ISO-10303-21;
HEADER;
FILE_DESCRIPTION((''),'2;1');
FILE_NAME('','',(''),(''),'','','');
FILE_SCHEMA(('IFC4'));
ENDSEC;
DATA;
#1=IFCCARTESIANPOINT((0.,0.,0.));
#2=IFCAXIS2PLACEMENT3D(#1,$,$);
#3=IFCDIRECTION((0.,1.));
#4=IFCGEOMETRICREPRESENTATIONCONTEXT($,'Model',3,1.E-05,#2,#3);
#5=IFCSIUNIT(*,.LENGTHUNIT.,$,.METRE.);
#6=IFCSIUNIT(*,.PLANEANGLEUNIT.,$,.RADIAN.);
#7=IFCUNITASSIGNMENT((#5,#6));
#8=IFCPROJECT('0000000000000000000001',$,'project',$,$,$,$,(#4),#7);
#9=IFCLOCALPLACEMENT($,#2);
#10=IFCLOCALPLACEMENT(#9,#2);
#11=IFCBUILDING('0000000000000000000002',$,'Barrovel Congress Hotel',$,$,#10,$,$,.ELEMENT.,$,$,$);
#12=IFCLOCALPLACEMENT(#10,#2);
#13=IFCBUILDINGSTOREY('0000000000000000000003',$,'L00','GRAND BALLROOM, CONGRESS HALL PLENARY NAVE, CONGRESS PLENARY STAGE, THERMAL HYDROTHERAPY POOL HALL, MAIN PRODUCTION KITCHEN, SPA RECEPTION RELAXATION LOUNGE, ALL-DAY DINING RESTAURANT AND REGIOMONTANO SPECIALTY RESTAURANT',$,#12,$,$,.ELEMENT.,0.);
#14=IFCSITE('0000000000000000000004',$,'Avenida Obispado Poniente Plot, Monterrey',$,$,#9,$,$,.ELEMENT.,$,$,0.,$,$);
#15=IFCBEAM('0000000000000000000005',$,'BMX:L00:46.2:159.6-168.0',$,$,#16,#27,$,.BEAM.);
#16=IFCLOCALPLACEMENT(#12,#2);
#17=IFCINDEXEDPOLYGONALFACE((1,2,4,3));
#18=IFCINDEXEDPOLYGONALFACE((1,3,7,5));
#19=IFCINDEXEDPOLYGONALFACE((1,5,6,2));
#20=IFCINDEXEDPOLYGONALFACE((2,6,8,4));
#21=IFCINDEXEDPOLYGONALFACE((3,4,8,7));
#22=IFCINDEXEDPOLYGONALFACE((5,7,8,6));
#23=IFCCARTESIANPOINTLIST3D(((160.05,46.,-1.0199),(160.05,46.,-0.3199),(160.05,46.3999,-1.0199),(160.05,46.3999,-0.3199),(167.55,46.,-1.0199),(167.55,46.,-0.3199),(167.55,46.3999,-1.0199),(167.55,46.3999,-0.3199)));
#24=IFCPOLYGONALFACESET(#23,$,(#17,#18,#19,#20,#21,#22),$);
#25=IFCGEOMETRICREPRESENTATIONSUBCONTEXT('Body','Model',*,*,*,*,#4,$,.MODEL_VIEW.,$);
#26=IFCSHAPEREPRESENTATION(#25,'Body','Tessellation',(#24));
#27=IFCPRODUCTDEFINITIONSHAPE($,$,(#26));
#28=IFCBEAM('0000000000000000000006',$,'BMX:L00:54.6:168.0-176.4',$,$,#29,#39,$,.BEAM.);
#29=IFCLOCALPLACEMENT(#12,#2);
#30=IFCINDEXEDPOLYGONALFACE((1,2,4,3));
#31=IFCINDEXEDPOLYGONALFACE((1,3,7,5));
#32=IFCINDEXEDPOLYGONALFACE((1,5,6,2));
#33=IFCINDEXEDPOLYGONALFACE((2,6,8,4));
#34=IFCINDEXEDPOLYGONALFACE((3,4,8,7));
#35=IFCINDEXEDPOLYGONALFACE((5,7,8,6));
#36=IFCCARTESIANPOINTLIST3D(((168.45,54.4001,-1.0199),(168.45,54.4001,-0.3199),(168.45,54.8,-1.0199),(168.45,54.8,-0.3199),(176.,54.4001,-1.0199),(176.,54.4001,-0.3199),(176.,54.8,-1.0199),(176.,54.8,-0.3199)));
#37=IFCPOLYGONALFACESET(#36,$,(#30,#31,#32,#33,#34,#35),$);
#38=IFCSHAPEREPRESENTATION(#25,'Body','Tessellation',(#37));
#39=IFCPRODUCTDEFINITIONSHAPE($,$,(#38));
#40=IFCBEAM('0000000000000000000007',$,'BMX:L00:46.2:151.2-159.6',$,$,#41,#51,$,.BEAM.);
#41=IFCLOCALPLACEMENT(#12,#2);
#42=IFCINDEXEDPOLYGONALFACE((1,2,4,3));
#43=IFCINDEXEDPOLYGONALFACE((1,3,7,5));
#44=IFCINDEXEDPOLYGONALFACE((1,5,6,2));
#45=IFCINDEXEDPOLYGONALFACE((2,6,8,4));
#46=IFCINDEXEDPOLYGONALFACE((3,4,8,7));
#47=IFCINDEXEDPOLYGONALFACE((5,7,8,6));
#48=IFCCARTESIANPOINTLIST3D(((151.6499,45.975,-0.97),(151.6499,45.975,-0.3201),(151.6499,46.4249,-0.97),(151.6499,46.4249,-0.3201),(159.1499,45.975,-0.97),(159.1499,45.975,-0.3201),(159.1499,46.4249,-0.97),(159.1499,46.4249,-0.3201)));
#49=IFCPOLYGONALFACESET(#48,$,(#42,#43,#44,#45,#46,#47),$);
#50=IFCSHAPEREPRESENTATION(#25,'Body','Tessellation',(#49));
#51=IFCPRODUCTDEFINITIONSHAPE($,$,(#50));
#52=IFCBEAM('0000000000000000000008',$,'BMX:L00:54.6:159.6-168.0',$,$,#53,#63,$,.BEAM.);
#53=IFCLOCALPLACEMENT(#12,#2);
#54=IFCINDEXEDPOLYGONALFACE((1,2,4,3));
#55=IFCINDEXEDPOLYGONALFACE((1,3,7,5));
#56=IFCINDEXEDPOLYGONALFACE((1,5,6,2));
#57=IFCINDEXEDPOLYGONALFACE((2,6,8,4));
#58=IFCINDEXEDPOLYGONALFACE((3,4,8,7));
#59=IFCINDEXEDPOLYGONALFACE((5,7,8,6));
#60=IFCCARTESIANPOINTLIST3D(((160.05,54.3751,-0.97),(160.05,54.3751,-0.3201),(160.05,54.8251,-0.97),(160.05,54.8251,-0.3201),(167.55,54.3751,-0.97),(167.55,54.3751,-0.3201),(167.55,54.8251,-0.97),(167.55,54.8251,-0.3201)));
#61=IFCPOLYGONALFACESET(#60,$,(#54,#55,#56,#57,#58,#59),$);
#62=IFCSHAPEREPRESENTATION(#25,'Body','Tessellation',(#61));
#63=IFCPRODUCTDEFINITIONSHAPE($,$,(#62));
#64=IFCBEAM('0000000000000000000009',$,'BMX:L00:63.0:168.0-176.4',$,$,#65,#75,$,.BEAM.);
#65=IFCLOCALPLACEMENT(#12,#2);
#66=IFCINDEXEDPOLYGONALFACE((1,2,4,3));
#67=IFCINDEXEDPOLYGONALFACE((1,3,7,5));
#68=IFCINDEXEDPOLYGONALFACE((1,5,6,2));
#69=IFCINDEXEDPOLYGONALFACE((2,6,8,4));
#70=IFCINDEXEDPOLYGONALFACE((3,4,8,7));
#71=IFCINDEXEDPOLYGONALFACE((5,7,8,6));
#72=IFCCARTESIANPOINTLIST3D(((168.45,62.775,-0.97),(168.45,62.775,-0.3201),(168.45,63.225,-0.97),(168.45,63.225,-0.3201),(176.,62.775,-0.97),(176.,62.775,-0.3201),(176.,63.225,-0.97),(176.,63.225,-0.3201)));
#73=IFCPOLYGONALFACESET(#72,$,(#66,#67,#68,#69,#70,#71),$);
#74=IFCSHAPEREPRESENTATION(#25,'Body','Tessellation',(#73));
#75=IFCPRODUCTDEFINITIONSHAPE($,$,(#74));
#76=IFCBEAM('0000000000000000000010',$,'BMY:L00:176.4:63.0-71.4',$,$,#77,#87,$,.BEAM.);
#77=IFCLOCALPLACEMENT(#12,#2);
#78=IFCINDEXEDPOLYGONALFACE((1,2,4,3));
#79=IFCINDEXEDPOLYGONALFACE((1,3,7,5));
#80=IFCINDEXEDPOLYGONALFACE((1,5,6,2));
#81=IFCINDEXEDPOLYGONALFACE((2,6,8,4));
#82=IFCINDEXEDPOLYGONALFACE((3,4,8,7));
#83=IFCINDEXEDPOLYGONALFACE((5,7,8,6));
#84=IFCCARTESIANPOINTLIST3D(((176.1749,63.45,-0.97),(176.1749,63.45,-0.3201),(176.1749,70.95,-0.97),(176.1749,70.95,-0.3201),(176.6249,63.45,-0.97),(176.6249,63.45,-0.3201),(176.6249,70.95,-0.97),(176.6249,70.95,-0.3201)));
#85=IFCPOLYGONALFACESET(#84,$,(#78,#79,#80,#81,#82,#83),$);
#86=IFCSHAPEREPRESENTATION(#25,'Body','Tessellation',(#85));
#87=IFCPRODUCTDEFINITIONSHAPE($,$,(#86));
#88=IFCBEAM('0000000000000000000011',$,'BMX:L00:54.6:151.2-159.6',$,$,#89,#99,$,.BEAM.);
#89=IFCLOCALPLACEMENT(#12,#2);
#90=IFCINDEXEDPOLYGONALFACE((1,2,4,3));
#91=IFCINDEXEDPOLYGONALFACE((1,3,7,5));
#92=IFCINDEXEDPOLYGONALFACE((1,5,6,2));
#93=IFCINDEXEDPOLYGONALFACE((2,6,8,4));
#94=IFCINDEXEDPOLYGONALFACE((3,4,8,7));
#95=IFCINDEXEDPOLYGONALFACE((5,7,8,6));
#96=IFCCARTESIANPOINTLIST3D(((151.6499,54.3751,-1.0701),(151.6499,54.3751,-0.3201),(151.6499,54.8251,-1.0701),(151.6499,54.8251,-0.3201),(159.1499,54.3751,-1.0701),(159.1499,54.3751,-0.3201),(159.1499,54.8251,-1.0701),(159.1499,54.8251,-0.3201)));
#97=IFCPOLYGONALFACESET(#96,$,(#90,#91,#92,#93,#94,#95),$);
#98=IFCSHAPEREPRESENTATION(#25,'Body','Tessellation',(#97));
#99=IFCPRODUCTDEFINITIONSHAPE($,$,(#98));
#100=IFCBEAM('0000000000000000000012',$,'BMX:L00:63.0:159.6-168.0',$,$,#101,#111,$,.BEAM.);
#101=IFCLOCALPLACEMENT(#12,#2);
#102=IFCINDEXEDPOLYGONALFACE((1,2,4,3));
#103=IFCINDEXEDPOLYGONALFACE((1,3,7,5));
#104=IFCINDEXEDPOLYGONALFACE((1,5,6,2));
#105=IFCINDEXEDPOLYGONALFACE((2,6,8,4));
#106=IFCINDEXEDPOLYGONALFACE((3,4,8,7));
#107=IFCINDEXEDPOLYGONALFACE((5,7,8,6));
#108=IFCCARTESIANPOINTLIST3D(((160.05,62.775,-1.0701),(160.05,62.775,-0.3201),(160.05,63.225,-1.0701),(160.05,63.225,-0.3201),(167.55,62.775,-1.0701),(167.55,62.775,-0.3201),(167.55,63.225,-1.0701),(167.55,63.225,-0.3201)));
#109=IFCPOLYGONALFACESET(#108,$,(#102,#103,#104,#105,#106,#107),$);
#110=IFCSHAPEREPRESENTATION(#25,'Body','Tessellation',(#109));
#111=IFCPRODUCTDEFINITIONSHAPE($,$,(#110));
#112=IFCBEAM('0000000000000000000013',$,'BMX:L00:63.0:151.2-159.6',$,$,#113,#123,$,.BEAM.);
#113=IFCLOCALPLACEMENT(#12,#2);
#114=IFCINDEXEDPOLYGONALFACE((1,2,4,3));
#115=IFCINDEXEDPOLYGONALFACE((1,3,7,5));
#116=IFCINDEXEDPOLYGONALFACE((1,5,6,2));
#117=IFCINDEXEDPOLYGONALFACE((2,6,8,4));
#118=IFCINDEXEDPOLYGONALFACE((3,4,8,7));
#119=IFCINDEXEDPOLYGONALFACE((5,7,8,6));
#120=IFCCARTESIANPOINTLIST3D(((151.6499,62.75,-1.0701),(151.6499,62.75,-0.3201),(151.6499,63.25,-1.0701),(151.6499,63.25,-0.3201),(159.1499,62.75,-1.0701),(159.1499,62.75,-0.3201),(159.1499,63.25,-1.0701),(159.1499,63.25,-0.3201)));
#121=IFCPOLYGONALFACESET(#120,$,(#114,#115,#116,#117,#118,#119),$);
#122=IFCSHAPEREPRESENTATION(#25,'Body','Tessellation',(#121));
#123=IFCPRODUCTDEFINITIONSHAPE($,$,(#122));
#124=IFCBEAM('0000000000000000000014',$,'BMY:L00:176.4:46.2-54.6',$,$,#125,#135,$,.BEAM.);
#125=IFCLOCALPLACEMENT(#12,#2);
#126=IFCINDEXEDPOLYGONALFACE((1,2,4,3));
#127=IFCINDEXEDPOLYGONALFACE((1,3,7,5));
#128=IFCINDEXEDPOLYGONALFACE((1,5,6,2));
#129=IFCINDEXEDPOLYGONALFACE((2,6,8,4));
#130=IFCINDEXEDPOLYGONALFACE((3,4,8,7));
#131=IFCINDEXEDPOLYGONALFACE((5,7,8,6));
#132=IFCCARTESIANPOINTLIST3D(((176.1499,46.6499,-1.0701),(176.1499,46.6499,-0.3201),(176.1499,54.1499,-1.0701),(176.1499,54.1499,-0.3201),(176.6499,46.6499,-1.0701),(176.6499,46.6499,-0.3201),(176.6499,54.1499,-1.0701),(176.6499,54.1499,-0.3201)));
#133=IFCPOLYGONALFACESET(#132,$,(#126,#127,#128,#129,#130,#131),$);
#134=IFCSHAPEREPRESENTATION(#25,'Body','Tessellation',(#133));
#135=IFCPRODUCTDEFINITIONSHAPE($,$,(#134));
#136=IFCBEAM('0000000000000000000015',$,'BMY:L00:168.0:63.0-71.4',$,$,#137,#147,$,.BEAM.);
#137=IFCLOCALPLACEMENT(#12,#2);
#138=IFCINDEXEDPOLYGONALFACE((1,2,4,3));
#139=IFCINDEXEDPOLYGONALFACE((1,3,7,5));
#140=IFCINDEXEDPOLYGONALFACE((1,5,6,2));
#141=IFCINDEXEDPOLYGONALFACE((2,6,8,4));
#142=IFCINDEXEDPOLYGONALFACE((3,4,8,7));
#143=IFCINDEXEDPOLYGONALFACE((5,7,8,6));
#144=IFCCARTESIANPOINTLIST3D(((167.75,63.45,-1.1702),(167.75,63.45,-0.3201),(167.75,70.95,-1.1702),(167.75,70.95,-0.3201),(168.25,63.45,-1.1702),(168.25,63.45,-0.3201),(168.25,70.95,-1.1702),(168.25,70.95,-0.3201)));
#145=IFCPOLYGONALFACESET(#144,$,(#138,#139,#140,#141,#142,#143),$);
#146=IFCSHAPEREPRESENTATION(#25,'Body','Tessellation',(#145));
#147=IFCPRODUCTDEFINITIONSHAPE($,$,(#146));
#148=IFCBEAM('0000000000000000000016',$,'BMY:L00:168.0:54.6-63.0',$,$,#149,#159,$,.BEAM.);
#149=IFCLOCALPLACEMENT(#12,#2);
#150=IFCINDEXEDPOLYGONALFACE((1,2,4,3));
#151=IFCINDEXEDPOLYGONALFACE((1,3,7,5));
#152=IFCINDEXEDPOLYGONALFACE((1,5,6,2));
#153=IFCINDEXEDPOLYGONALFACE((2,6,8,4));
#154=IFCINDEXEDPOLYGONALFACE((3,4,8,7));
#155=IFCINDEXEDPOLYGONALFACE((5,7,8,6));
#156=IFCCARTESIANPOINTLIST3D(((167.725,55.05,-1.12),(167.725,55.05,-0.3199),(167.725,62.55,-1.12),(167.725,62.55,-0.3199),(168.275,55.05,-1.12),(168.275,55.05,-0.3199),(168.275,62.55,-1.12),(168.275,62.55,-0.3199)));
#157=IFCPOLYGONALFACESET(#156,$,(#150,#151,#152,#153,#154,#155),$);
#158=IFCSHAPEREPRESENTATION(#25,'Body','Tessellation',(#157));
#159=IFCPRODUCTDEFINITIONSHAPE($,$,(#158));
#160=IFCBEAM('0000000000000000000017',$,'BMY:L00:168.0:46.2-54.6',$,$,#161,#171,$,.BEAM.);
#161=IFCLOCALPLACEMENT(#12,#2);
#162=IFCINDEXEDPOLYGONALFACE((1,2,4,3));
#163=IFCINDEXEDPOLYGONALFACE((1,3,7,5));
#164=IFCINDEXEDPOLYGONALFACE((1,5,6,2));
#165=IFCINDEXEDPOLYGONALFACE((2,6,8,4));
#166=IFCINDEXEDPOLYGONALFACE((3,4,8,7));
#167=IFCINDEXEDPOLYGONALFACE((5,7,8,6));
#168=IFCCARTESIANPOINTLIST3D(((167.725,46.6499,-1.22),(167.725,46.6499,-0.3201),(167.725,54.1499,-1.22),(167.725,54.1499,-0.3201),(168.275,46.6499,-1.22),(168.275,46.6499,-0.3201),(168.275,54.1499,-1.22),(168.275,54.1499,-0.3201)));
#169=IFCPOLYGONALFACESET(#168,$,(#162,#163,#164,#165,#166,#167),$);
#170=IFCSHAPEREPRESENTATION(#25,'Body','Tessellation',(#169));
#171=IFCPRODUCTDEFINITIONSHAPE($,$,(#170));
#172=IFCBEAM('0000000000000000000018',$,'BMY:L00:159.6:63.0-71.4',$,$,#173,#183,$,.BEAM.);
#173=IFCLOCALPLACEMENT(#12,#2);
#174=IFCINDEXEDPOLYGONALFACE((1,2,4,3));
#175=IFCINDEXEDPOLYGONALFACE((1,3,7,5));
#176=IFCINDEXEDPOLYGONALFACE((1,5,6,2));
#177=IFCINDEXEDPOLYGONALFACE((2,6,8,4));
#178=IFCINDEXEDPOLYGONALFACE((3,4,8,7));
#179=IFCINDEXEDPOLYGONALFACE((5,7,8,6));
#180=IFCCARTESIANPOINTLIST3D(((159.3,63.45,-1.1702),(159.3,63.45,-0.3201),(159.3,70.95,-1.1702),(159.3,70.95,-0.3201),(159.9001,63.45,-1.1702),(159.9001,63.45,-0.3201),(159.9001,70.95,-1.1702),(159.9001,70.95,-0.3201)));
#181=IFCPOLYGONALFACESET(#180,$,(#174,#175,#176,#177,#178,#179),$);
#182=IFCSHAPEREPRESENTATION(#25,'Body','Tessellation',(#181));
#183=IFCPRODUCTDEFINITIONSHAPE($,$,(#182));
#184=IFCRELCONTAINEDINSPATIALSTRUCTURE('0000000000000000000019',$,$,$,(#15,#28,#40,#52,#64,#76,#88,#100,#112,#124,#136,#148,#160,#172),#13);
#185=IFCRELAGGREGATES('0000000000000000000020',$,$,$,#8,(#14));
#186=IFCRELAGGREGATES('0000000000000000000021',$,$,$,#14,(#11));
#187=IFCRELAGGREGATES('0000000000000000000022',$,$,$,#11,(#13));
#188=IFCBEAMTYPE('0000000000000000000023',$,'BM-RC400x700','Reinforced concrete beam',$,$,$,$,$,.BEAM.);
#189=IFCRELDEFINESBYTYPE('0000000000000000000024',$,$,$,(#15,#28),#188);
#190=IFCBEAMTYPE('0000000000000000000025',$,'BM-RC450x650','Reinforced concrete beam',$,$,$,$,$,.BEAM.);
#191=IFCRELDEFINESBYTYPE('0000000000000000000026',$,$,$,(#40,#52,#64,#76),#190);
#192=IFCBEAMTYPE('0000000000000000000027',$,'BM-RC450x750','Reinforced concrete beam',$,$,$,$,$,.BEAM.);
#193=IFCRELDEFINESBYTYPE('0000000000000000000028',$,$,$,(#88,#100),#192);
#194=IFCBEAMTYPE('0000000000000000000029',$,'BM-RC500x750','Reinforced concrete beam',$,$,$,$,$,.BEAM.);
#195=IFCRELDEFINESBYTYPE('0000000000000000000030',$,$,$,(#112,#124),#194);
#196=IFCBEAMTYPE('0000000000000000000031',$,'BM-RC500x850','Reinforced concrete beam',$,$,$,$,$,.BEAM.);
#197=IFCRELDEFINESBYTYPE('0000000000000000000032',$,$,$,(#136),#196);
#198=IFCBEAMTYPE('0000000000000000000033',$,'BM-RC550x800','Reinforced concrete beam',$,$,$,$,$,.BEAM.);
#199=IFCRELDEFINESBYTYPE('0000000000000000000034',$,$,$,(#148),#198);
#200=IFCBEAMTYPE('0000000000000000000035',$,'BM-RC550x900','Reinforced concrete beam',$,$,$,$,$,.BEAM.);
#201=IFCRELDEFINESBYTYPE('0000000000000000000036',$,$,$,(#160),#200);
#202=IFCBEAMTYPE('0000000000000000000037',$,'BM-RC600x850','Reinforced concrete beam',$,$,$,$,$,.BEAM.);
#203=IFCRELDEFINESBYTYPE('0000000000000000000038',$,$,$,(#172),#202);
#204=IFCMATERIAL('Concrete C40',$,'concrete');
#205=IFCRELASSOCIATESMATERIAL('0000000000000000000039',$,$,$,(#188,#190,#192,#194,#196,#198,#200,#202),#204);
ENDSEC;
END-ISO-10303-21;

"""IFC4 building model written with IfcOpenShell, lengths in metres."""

from ifc_helpers import new_model, si_unit, direction, frame, origin, origin_2d, place, context, subcontext, project, spatial, rectangle, extrude, material, material_profile, profile_set, type_object, element, save


model = new_model("IFC4")

# Units and contexts
model_context = context("Model", 3, precision=1e-05, world=origin(), true_north=direction((0.0, 1.0)))
body_context = subcontext(model_context, "Body", "Model", "MODEL_VIEW")
ifc_project = project(units=[si_unit("LENGTHUNIT", "METRE"), si_unit("PLANEANGLEUNIT", "RADIAN")], contexts=[model_context])

# Site, building, storey
site_placement = place(None, origin())
site = spatial("IfcSite", under=ifc_project, at=site_placement, Name="Avenida Obispado Poniente Plot, Monterrey", CompositionType="ELEMENT", RefElevation=0.0)
building_placement = place(site_placement, origin())
building = spatial("IfcBuilding", under=site, at=building_placement, Name="Barrovel Congress Hotel", CompositionType="ELEMENT")
storey_placement = place(building_placement, origin())
storey = spatial("IfcBuildingStorey", under=building, at=storey_placement, Name="L00", Description="GRAND BALLROOM, CONGRESS HALL PLENARY NAVE, CONGRESS PLENARY STAGE, THERMAL HYDROTHERAPY POOL HALL, MAIN PRODUCTION KITCHEN, SPA RECEPTION RELAXATION LOUNGE, ALL-DAY DINING RESTAURANT AND REGIOMONTANO SPECIALTY RESTAURANT", CompositionType="ELEMENT", Elevation=0.0)

# Shared definitions
ifc_material_1 = material(Name="Concrete C40", Category="concrete")

# Beams
ifc_material_profile_1 = material_profile(ifc_material_1, rectangle(XDim=0.3999, YDim=0.7, at=origin_2d()), Name="RC400x700")
ifc_profile_set_1 = profile_set([ifc_material_profile_1], Name="Concrete C40")
beam_type_1 = type_object("IfcBeamType", Name="BM-RC400x700", Description="Reinforced concrete beam", PredefinedType="BEAM", material=ifc_profile_set_1)
beam_1_placement = place(storey_placement, frame((160.05, 46.2, -0.6699), z_axis=(1.0, 0.0, 0.0), x_axis=(0.0, 1.0, 0.0)))
element("IfcBeam", 1, at=beam_1_placement, inside=storey, type_object=beam_type_1, Name="BMX:L00:46.2:159.6-168.0", PredefinedType="BEAM", context=body_context, shape_type="SweptSolid", body=[
    extrude(rectangle(XDim=0.3999, YDim=0.7, at=origin_2d()), origin(), (0.0, 0.0, 1.0), 7.5),
])
beam_2_placement = place(storey_placement, frame((168.45, 54.6001, -0.6699), z_axis=(1.0, 0.0, 0.0), x_axis=(0.0, 1.0, 0.0)))
element("IfcBeam", 2, at=beam_2_placement, inside=storey, type_object=beam_type_1, Name="BMX:L00:54.6:168.0-176.4", PredefinedType="BEAM", context=body_context, shape_type="SweptSolid", body=[
    extrude(rectangle(XDim=0.3999, YDim=0.7, at=origin_2d()), origin(), (0.0, 0.0, 1.0), 7.55),
])
ifc_material_profile_2 = material_profile(ifc_material_1, rectangle(XDim=0.45, YDim=0.6499, at=origin_2d()), Name="RC450x650")
ifc_profile_set_2 = profile_set([ifc_material_profile_2], Name="Concrete C40")
beam_type_2 = type_object("IfcBeamType", Name="BM-RC450x650", Description="Reinforced concrete beam", PredefinedType="BEAM", material=ifc_profile_set_2)
for number, where, z_axis, x_axis, name in (
    (3, (151.6499, 46.2, -0.645), (1.0, 0.0, 0.0), (0.0, 1.0, 0.0), "BMX:L00:46.2:151.2-159.6"),
    (4, (160.05, 54.6001, -0.645), (1.0, 0.0, 0.0), (0.0, 1.0, 0.0), "BMX:L00:54.6:159.6-168.0"),
):
    element("IfcBeam", number, at=place(storey_placement, frame(where, z_axis=z_axis, x_axis=x_axis)), inside=storey, type_object=beam_type_2, Name=name, PredefinedType="BEAM", context=body_context, shape_type="SweptSolid", body=[
        extrude(rectangle(XDim=0.45, YDim=0.6499, at=origin_2d()), origin(), (0.0, 0.0, 1.0), 7.5),
    ])
beam_3_placement = place(storey_placement, frame((168.45, 63.0, -0.645), z_axis=(1.0, 0.0, 0.0), x_axis=(0.0, 1.0, 0.0)))
element("IfcBeam", 5, at=beam_3_placement, inside=storey, type_object=beam_type_2, Name="BMX:L00:63.0:168.0-176.4", PredefinedType="BEAM", context=body_context, shape_type="SweptSolid", body=[
    extrude(rectangle(XDim=0.45, YDim=0.6499, at=origin_2d()), origin(), (0.0, 0.0, 1.0), 7.55),
])
beam_4_placement = place(storey_placement, frame((176.3999, 63.45, -0.645), z_axis=(0.0, 1.0, 0.0), x_axis=(-1.0, 0.0, 0.0)))
element("IfcBeam", 6, at=beam_4_placement, inside=storey, type_object=beam_type_2, Name="BMY:L00:176.4:63.0-71.4", PredefinedType="BEAM", context=body_context, shape_type="SweptSolid", body=[
    extrude(rectangle(XDim=0.45, YDim=0.6499, at=origin_2d()), origin(), (0.0, 0.0, 1.0), 7.5),
])
ifc_material_profile_3 = material_profile(ifc_material_1, rectangle(XDim=0.45, YDim=0.75, at=origin_2d()), Name="RC450x750")
ifc_profile_set_3 = profile_set([ifc_material_profile_3], Name="Concrete C40")
beam_type_3 = type_object("IfcBeamType", Name="BM-RC450x750", Description="Reinforced concrete beam", PredefinedType="BEAM", material=ifc_profile_set_3)
for number, where, z_axis, x_axis, name in (
    (7, (151.6499, 54.6001, -0.6951), (1.0, 0.0, 0.0), (0.0, 1.0, 0.0), "BMX:L00:54.6:151.2-159.6"),
    (8, (160.05, 63.0, -0.6951), (1.0, 0.0, 0.0), (0.0, 1.0, 0.0), "BMX:L00:63.0:159.6-168.0"),
):
    element("IfcBeam", number, at=place(storey_placement, frame(where, z_axis=z_axis, x_axis=x_axis)), inside=storey, type_object=beam_type_3, Name=name, PredefinedType="BEAM", context=body_context, shape_type="SweptSolid", body=[
        extrude(rectangle(XDim=0.45, YDim=0.75, at=origin_2d()), origin(), (0.0, 0.0, 1.0), 7.5),
    ])
ifc_material_profile_4 = material_profile(ifc_material_1, rectangle(XDim=0.5, YDim=0.75, at=origin_2d()), Name="RC500x750")
ifc_profile_set_4 = profile_set([ifc_material_profile_4], Name="Concrete C40")
beam_type_4 = type_object("IfcBeamType", Name="BM-RC500x750", Description="Reinforced concrete beam", PredefinedType="BEAM", material=ifc_profile_set_4)
for number, where, z_axis, x_axis, name in (
    (9, (151.6499, 63.0, -0.6951), (1.0, 0.0, 0.0), (0.0, 1.0, 0.0), "BMX:L00:63.0:151.2-159.6"),
    (10, (176.3999, 46.6499, -0.6951), (0.0, 1.0, 0.0), (-1.0, 0.0, 0.0), "BMY:L00:176.4:46.2-54.6"),
):
    element("IfcBeam", number, at=place(storey_placement, frame(where, z_axis=z_axis, x_axis=x_axis)), inside=storey, type_object=beam_type_4, Name=name, PredefinedType="BEAM", context=body_context, shape_type="SweptSolid", body=[
        extrude(rectangle(XDim=0.5, YDim=0.75, at=origin_2d()), origin(), (0.0, 0.0, 1.0), 7.5),
    ])
ifc_material_profile_5 = material_profile(ifc_material_1, rectangle(XDim=0.5, YDim=0.8501, at=origin_2d()), Name="RC500x850")
ifc_profile_set_5 = profile_set([ifc_material_profile_5], Name="Concrete C40")
beam_type_5 = type_object("IfcBeamType", Name="BM-RC500x850", Description="Reinforced concrete beam", PredefinedType="BEAM", material=ifc_profile_set_5)
beam_5_placement = place(storey_placement, frame((168.0, 63.45, -0.7451), z_axis=(0.0, 1.0, 0.0), x_axis=(-1.0, 0.0, 0.0)))
element("IfcBeam", 11, at=beam_5_placement, inside=storey, type_object=beam_type_5, Name="BMY:L00:168.0:63.0-71.4", PredefinedType="BEAM", context=body_context, shape_type="SweptSolid", body=[
    extrude(rectangle(XDim=0.5, YDim=0.8501, at=origin_2d()), origin(), (0.0, 0.0, 1.0), 7.5),
])
ifc_material_profile_6 = material_profile(ifc_material_1, rectangle(XDim=0.55, YDim=0.8, at=origin_2d()), Name="RC550x800")
ifc_profile_set_6 = profile_set([ifc_material_profile_6], Name="Concrete C40")
beam_type_6 = type_object("IfcBeamType", Name="BM-RC550x800", Description="Reinforced concrete beam", PredefinedType="BEAM", material=ifc_profile_set_6)
beam_6_placement = place(storey_placement, frame((168.0, 55.05, -0.72), z_axis=(0.0, 1.0, 0.0), x_axis=(-1.0, 0.0, 0.0)))
element("IfcBeam", 12, at=beam_6_placement, inside=storey, type_object=beam_type_6, Name="BMY:L00:168.0:54.6-63.0", PredefinedType="BEAM", context=body_context, shape_type="SweptSolid", body=[
    extrude(rectangle(XDim=0.55, YDim=0.8, at=origin_2d()), origin(), (0.0, 0.0, 1.0), 7.5),
])
ifc_material_profile_7 = material_profile(ifc_material_1, rectangle(XDim=0.55, YDim=0.8999, at=origin_2d()), Name="RC550x900")
ifc_profile_set_7 = profile_set([ifc_material_profile_7], Name="Concrete C40")
beam_type_7 = type_object("IfcBeamType", Name="BM-RC550x900", Description="Reinforced concrete beam", PredefinedType="BEAM", material=ifc_profile_set_7)
beam_7_placement = place(storey_placement, frame((168.0, 46.6499, -0.77), z_axis=(0.0, 1.0, 0.0), x_axis=(-1.0, 0.0, 0.0)))
element("IfcBeam", 13, at=beam_7_placement, inside=storey, type_object=beam_type_7, Name="BMY:L00:168.0:46.2-54.6", PredefinedType="BEAM", context=body_context, shape_type="SweptSolid", body=[
    extrude(rectangle(XDim=0.55, YDim=0.8999, at=origin_2d()), origin(), (0.0, 0.0, 1.0), 7.5),
])
ifc_material_profile_8 = material_profile(ifc_material_1, rectangle(XDim=0.6001, YDim=0.8501, at=origin_2d()), Name="RC600x850")
ifc_profile_set_8 = profile_set([ifc_material_profile_8], Name="Concrete C40")
beam_type_8 = type_object("IfcBeamType", Name="BM-RC600x850", Description="Reinforced concrete beam", PredefinedType="BEAM", material=ifc_profile_set_8)
beam_8_placement = place(storey_placement, frame((159.6001, 63.45, -0.7451), z_axis=(0.0, 1.0, 0.0), x_axis=(-1.0, 0.0, 0.0)))
element("IfcBeam", 14, at=beam_8_placement, inside=storey, type_object=beam_type_8, Name="BMY:L00:159.6:63.0-71.4", PredefinedType="BEAM", context=body_context, shape_type="SweptSolid", body=[
    extrude(rectangle(XDim=0.6001, YDim=0.8501, at=origin_2d()), origin(), (0.0, 0.0, 1.0), 7.5),
])

save(model, "model.ifc")
